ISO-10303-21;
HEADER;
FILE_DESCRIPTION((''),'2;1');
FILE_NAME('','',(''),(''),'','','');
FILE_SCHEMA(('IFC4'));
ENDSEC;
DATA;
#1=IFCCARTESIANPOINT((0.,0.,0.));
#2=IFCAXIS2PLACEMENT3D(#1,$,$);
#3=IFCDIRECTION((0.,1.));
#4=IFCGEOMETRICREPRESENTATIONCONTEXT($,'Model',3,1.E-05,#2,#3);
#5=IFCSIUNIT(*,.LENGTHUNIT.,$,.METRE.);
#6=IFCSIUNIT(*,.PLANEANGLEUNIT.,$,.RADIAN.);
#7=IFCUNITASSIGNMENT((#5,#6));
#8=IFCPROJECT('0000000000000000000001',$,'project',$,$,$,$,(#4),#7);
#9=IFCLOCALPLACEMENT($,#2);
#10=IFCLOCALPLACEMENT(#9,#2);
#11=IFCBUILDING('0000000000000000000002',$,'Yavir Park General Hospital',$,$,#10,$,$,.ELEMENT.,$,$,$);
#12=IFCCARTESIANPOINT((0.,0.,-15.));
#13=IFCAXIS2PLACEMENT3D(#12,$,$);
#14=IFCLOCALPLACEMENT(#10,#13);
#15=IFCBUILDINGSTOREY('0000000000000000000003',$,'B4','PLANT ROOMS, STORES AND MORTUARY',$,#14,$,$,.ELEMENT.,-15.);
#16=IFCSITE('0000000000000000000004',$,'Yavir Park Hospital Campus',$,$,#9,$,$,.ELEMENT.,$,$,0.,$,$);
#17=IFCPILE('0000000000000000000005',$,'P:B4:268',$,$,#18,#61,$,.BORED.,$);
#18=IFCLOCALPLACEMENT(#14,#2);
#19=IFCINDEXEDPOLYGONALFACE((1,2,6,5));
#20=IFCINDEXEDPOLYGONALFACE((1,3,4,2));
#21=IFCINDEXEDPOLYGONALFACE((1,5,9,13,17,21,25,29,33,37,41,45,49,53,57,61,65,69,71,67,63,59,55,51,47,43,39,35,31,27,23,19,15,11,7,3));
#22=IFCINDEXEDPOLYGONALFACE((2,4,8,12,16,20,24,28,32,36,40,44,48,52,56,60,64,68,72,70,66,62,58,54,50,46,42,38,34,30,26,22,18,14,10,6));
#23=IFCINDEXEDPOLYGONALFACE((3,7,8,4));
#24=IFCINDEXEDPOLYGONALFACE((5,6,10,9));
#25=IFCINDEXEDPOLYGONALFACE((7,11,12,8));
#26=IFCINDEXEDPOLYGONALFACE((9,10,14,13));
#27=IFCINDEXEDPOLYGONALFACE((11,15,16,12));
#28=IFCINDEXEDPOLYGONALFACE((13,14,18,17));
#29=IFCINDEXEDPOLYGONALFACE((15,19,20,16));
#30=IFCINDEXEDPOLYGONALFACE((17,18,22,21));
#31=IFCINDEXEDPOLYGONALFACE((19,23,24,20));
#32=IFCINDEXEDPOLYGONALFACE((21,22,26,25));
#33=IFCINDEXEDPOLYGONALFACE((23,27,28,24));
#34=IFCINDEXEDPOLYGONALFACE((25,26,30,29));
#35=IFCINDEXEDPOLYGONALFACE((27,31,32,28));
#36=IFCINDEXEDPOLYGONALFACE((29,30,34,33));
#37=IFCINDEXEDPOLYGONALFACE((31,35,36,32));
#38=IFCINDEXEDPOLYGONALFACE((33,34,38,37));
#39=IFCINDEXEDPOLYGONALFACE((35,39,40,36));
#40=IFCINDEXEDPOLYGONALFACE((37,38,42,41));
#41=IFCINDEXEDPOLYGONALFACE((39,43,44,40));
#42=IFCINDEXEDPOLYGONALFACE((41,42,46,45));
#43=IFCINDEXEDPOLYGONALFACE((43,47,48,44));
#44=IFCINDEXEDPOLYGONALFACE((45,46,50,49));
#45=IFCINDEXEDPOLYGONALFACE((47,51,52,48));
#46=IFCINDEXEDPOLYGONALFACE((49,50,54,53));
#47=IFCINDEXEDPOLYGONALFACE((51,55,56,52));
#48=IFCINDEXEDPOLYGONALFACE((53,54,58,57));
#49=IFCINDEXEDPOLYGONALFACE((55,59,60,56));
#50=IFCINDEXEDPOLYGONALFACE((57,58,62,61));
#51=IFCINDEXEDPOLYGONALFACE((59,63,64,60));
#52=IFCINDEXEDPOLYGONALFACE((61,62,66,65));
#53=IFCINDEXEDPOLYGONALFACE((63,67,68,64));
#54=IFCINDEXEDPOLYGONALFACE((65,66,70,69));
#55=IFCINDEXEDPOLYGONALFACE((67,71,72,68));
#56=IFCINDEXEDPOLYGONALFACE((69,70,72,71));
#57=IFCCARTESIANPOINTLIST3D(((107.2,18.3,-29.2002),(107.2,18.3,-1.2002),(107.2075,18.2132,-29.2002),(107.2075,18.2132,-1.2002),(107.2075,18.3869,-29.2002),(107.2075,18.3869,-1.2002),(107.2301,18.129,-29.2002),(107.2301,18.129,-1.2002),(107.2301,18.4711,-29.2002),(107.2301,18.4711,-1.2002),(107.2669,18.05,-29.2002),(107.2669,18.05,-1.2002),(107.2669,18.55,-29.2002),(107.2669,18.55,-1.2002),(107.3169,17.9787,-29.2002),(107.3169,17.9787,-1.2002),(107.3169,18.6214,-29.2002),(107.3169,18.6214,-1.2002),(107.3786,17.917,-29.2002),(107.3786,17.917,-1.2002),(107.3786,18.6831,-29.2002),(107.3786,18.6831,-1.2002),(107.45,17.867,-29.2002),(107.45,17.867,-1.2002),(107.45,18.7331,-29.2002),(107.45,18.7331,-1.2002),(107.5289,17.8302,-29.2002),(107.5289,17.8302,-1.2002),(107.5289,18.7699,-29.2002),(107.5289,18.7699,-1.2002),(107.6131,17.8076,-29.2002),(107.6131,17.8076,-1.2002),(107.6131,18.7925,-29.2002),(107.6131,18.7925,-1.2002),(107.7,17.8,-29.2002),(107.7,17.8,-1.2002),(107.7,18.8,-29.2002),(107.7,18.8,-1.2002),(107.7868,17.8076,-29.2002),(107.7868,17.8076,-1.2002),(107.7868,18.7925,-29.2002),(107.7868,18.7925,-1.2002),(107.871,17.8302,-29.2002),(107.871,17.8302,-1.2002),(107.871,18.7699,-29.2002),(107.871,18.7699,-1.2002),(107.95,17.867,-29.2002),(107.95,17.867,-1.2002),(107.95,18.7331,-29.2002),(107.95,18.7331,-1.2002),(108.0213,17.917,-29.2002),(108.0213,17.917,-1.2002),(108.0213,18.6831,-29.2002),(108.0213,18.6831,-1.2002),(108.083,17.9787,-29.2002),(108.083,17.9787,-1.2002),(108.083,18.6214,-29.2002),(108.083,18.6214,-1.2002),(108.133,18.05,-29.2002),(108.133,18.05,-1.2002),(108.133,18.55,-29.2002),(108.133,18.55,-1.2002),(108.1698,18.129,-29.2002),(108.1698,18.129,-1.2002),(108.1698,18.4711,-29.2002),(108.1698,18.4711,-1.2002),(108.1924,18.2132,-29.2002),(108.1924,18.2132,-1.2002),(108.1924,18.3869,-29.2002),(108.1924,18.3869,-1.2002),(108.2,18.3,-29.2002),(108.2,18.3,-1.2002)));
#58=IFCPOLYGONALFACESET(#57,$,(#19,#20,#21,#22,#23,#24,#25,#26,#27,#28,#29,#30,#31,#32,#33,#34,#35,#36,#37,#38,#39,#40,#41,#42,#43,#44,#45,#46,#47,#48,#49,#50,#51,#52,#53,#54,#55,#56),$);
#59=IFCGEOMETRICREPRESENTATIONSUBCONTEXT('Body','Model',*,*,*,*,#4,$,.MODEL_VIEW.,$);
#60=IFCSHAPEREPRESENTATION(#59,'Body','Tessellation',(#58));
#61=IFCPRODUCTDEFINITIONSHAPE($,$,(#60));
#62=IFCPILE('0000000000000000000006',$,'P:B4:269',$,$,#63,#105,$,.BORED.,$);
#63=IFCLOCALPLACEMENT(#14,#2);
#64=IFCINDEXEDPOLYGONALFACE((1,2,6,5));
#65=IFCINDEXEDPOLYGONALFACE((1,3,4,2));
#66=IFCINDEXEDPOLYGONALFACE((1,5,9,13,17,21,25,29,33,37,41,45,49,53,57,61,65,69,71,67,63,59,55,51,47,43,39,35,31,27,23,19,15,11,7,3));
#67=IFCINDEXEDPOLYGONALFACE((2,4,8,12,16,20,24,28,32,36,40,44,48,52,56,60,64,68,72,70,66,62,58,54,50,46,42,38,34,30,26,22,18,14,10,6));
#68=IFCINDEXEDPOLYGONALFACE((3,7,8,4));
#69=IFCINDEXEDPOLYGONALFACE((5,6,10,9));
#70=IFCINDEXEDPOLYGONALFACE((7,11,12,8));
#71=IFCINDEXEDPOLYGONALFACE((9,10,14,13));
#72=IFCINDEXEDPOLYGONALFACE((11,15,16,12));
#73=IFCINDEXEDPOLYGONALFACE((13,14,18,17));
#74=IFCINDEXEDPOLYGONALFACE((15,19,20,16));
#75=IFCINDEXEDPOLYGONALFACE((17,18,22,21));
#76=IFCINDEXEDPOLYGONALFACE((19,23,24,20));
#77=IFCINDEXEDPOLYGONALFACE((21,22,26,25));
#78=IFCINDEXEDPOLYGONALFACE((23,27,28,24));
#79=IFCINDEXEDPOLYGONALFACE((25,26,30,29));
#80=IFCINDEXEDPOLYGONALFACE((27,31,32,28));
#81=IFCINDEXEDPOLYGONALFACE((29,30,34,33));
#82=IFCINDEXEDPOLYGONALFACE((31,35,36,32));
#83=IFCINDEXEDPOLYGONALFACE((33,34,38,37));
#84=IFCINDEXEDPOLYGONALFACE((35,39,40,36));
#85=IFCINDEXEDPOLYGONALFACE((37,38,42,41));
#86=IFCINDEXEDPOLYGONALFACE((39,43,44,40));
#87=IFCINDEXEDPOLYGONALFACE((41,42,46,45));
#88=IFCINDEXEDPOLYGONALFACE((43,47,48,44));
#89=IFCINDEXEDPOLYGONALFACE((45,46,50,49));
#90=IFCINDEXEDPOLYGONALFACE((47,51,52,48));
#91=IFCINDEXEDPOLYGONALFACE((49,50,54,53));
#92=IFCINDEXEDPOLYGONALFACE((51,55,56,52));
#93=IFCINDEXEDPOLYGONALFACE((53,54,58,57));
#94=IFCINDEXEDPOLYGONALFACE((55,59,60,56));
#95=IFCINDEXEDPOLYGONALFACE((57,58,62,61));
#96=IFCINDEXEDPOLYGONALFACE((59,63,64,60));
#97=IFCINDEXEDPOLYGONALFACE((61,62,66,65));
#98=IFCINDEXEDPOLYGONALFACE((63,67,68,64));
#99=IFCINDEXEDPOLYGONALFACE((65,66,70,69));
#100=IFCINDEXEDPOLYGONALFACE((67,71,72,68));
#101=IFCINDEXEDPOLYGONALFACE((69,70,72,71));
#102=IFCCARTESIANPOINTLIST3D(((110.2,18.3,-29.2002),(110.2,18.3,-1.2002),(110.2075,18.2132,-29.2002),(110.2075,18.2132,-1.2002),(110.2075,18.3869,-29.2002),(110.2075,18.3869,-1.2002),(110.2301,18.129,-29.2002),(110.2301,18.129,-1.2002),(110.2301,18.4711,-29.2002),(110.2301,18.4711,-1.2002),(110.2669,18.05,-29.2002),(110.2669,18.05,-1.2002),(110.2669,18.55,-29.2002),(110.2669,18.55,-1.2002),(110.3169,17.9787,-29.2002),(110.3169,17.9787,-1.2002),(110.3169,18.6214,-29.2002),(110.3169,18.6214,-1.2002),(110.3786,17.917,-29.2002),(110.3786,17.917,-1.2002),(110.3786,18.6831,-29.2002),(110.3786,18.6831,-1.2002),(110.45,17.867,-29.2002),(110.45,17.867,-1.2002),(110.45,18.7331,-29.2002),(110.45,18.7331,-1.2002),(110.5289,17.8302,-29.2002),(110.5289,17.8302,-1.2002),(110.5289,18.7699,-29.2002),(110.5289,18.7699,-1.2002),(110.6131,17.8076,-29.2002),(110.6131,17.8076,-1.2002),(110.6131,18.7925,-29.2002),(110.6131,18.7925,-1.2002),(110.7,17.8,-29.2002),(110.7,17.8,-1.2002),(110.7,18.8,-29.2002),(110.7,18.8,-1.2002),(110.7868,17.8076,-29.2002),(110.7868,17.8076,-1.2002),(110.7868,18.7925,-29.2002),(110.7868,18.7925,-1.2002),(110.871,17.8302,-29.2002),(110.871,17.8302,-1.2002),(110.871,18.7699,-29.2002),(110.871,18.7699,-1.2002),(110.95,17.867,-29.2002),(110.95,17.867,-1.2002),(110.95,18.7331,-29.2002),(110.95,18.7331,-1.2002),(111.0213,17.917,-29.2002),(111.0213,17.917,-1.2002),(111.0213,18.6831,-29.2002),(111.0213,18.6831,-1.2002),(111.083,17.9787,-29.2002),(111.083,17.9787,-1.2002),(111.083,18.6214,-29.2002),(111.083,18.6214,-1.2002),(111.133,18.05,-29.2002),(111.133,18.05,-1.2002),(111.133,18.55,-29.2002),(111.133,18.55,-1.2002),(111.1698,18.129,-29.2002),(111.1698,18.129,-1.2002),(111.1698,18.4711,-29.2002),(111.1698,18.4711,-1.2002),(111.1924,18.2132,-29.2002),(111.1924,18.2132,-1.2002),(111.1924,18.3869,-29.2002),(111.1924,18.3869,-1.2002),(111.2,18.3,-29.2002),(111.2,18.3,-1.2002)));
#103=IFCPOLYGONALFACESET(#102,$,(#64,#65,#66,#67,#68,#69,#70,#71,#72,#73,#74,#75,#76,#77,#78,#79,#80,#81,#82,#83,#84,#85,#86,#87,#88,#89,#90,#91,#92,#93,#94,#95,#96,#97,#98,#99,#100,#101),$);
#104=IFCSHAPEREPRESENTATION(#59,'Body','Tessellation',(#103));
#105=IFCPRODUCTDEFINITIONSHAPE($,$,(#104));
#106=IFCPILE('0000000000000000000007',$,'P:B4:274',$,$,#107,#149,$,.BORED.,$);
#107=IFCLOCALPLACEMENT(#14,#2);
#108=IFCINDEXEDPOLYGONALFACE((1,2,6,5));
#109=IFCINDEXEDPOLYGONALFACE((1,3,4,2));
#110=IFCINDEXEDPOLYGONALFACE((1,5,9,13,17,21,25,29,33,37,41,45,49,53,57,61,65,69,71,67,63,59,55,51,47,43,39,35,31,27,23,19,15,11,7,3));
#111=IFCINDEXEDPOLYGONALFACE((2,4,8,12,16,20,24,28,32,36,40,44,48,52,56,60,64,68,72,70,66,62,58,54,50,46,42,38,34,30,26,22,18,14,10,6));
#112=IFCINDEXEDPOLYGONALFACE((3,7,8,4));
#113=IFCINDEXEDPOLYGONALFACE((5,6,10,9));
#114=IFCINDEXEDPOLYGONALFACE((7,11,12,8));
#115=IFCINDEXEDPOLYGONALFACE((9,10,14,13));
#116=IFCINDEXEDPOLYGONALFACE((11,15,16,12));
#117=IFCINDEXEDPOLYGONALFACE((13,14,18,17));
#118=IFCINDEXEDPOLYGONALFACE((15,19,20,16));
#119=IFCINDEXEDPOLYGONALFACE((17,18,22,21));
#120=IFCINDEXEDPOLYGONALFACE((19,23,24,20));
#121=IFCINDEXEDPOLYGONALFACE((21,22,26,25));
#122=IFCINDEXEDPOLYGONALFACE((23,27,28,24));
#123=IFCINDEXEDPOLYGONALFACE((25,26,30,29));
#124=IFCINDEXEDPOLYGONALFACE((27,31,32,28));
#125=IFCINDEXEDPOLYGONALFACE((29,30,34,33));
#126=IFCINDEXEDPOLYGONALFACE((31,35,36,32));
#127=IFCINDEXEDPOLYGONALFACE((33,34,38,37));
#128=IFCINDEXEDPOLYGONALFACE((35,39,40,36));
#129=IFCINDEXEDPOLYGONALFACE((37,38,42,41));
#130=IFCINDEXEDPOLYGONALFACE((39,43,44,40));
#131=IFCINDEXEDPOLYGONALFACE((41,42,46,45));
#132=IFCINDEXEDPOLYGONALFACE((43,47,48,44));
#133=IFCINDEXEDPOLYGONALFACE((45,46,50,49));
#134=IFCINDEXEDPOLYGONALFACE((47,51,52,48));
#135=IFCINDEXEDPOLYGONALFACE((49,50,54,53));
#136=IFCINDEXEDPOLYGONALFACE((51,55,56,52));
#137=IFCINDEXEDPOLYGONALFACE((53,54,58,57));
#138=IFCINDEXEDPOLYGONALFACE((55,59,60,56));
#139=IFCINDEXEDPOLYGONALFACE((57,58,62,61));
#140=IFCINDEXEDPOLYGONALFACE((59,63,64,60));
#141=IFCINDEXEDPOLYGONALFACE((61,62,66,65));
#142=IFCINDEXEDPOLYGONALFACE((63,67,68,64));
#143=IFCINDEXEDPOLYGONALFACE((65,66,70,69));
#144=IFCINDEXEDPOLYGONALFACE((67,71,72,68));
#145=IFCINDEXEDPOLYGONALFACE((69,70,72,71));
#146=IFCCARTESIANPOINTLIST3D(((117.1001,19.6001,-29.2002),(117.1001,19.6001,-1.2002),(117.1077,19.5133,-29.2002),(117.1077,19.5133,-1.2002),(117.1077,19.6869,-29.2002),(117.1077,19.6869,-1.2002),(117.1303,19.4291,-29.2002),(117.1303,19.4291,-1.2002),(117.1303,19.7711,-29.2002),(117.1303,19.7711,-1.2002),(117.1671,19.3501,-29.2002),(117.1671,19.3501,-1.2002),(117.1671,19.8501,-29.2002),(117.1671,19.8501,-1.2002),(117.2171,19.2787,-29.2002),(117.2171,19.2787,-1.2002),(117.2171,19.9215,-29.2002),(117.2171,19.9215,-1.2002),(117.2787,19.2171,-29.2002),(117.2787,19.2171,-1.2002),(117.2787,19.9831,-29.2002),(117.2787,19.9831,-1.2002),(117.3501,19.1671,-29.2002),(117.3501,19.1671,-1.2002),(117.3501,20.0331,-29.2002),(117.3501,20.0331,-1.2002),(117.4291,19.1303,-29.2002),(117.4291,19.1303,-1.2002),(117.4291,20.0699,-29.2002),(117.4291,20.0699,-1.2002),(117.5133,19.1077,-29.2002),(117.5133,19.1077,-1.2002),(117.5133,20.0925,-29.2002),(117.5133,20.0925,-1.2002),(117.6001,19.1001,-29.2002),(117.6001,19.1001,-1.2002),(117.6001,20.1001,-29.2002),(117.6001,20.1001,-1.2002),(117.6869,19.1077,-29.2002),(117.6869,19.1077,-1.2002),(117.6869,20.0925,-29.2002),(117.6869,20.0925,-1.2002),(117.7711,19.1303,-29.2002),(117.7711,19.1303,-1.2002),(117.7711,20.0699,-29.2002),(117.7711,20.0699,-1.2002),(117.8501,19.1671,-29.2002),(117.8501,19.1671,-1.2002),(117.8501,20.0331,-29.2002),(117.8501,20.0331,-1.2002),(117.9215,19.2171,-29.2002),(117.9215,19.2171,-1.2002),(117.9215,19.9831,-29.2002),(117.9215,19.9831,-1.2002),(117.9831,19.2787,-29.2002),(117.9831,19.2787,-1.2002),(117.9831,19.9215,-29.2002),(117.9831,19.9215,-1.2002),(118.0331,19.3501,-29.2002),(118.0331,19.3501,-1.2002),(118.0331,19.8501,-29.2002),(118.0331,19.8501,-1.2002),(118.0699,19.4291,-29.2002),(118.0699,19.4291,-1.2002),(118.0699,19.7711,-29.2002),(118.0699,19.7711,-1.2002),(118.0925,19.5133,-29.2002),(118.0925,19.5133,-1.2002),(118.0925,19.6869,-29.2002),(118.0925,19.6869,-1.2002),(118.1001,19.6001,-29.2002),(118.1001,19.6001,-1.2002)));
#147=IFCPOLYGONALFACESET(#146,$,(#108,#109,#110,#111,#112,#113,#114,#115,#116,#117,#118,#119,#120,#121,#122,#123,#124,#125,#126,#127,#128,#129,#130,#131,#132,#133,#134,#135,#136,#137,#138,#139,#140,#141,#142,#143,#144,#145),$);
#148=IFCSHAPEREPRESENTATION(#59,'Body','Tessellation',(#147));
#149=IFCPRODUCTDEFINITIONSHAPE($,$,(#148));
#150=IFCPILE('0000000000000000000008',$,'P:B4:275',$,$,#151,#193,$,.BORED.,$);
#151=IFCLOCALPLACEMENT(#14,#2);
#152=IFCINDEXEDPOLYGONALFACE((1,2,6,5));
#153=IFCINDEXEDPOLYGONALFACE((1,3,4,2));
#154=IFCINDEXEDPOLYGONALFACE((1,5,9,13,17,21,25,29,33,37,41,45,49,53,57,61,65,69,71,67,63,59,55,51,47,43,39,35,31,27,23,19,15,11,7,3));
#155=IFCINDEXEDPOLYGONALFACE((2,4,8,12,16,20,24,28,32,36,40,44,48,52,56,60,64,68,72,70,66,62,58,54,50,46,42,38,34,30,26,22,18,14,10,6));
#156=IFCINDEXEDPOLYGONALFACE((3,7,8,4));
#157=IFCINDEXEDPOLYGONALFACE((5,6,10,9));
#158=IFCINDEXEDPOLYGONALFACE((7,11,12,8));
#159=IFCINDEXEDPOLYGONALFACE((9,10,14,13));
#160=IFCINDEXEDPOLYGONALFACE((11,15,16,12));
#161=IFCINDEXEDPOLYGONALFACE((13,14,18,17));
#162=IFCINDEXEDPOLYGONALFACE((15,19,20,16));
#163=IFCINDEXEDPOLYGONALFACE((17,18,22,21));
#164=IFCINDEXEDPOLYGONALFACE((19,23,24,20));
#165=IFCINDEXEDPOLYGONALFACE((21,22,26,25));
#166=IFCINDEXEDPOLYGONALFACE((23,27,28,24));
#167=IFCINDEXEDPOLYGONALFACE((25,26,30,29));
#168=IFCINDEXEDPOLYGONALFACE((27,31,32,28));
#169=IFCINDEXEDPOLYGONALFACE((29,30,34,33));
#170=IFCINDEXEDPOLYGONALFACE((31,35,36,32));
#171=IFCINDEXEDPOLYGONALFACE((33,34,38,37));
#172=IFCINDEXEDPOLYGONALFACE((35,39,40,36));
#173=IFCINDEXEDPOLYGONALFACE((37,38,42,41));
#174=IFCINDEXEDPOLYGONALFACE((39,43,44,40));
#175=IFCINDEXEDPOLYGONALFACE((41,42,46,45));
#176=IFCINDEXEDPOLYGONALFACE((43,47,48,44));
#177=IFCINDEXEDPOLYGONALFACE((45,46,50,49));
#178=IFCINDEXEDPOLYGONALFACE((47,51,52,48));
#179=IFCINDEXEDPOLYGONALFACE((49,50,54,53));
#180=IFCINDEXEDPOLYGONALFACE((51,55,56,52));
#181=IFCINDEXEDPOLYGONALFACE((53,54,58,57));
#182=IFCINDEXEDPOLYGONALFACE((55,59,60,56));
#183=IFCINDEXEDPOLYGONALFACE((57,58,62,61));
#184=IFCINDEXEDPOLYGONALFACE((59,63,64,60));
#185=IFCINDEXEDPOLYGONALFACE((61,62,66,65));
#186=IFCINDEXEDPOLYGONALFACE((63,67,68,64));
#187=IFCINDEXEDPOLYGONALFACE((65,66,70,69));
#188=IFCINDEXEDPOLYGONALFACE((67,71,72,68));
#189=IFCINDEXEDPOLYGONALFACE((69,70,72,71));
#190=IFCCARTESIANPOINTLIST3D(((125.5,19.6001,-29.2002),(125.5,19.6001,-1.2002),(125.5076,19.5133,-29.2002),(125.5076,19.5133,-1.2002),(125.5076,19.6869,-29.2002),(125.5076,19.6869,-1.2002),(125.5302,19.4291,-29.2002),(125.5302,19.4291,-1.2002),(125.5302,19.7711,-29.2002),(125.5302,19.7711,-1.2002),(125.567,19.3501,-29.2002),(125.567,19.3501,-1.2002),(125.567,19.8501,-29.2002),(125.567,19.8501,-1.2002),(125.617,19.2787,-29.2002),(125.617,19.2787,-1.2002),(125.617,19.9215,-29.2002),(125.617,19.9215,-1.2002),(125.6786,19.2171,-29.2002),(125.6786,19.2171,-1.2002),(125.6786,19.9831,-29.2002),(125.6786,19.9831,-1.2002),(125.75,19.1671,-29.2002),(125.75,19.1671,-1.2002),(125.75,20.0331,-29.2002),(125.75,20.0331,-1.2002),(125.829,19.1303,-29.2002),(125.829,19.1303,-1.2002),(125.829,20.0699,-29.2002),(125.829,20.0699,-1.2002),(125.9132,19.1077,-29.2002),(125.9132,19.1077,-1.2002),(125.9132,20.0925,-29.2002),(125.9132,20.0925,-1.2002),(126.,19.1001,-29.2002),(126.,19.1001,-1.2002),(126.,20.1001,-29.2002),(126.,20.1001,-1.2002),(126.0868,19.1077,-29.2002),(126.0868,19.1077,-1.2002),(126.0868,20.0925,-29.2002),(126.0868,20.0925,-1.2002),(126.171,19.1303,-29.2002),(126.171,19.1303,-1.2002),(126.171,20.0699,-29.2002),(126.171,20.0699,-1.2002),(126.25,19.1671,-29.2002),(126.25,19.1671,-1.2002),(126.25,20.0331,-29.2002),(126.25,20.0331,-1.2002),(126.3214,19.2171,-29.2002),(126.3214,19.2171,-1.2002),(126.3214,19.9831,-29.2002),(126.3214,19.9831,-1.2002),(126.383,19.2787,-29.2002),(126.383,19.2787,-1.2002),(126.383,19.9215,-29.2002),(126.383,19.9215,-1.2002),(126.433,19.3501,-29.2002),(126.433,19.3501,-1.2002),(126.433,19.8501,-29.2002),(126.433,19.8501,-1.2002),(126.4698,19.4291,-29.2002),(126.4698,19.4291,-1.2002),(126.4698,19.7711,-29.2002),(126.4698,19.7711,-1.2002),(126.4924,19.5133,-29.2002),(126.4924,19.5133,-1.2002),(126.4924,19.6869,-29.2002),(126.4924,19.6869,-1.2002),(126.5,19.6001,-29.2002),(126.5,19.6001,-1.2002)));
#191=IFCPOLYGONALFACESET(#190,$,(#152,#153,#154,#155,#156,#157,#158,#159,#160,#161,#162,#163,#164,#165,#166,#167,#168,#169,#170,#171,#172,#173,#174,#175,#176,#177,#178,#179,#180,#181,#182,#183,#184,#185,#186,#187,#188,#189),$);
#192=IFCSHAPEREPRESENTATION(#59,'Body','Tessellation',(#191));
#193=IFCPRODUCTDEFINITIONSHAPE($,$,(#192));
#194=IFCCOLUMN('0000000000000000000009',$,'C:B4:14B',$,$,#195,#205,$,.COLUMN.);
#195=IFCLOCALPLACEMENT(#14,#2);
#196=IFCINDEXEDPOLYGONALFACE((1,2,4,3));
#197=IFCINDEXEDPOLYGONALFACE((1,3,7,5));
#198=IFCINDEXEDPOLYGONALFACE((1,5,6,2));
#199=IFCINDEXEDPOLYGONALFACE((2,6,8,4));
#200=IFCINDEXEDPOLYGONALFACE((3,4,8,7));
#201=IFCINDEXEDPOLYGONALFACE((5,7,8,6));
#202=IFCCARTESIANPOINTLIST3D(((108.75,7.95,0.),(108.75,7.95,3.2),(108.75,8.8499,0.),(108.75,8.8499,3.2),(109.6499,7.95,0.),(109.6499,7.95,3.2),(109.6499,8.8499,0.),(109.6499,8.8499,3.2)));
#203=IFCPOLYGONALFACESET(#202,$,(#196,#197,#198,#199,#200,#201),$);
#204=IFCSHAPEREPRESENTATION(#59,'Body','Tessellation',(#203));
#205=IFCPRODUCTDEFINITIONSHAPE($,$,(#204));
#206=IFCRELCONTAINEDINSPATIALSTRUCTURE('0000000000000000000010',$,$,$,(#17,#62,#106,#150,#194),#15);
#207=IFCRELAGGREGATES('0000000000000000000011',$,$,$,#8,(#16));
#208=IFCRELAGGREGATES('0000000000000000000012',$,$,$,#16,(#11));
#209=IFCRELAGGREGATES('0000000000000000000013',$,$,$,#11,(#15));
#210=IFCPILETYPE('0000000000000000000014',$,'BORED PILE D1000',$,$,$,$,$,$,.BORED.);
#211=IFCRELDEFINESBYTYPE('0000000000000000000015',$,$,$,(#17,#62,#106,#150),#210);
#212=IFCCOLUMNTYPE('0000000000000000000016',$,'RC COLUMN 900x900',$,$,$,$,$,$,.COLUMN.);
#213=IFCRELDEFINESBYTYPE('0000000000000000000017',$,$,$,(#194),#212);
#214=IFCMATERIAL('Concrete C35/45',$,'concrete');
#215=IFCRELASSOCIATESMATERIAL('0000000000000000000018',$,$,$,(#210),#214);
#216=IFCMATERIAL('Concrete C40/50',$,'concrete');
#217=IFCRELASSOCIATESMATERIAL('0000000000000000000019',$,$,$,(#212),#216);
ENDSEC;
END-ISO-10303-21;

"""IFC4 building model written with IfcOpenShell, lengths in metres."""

from ifc_helpers import new_model, si_unit, direction, frame, origin, origin_2d, place, context, subcontext, project, spatial, rectangle, circle, extrude, material, material_profile, profile_set, type_object, element, save


model = new_model("IFC4")

# Units and contexts
model_context = context("Model", 3, precision=1e-05, world=origin(), true_north=direction((0.0, 1.0)))
body_context = subcontext(model_context, "Body", "Model", "MODEL_VIEW")
ifc_project = project(units=[si_unit("LENGTHUNIT", "METRE"), si_unit("PLANEANGLEUNIT", "RADIAN")], contexts=[model_context])

# Site, building, storey
site_placement = place(None, origin())
site = spatial("IfcSite", under=ifc_project, at=site_placement, Name="Yavir Park Hospital Campus", CompositionType="ELEMENT", RefElevation=0.0)
building_placement = place(site_placement, origin())
building = spatial("IfcBuilding", under=site, at=building_placement, Name="Yavir Park General Hospital", CompositionType="ELEMENT")
storey_placement = place(building_placement, frame((0.0, 0.0, -15.0)))
storey = spatial("IfcBuildingStorey", under=building, at=storey_placement, Name="B4", Description="PLANT ROOMS, STORES AND MORTUARY", CompositionType="ELEMENT", Elevation=-15.0)

# Piles
ifc_material_1 = material(Name="Concrete C35/45", Category="concrete")
ifc_material_profile_1 = material_profile(ifc_material_1, circle(Radius=0.5, at=origin_2d()), Name="D1000")
ifc_profile_set_1 = profile_set([ifc_material_profile_1], Name="Concrete C35/45")
pile_type = type_object("IfcPileType", Name="BORED PILE D1000", PredefinedType="BORED", material=ifc_profile_set_1)
for number, where, z_axis, x_axis, name in (
    (1, (107.7, 18.3, -1.2002), (0.0, 0.0, -1.0), (1.0, 0.0, 0.0), "P:B4:268"),
    (2, (110.7, 18.3, -1.2002), (0.0, 0.0, -1.0), (1.0, 0.0, 0.0), "P:B4:269"),
    (3, (117.6001, 19.6001, -1.2002), (0.0, 0.0, -1.0), (1.0, 0.0, 0.0), "P:B4:274"),
    (4, (126.0, 19.6001, -1.2002), (0.0, 0.0, -1.0), (1.0, 0.0, 0.0), "P:B4:275"),
):
    element("IfcPile", number, at=place(storey_placement, frame(where, z_axis=z_axis, x_axis=x_axis)), inside=storey, type_object=pile_type, Name=name, PredefinedType="BORED", context=body_context, shape_type="SweptSolid", body=[
        extrude(circle(Radius=0.5, at=origin_2d()), origin(), (0.0, 0.0, 1.0), 28.0),
    ])

# Column
ifc_material_2 = material(Name="Concrete C40/50", Category="concrete")
ifc_material_profile_2 = material_profile(ifc_material_2, rectangle(XDim=0.8999, YDim=0.8999, at=origin_2d()), Name="RC900x900")
ifc_profile_set_2 = profile_set([ifc_material_profile_2], Name="Concrete C40/50")
column_type = type_object("IfcColumnType", Name="RC COLUMN 900x900", PredefinedType="COLUMN", material=ifc_profile_set_2)
for number, where, z_axis, x_axis, name in (
    (5, (109.2, 8.3999, 0.0), (0.0, 0.0, 1.0), (1.0, 0.0, 0.0), "C:B4:14B"),
):
    element("IfcColumn", number, at=place(storey_placement, frame(where, z_axis=z_axis, x_axis=x_axis)), inside=storey, type_object=column_type, Name=name, PredefinedType="COLUMN", context=body_context, shape_type="SweptSolid", body=[
        extrude(rectangle(XDim=0.8999, YDim=0.8999, at=origin_2d()), origin(), (0.0, 0.0, 1.0), 3.2),
    ])

save(model, "model.ifc")
